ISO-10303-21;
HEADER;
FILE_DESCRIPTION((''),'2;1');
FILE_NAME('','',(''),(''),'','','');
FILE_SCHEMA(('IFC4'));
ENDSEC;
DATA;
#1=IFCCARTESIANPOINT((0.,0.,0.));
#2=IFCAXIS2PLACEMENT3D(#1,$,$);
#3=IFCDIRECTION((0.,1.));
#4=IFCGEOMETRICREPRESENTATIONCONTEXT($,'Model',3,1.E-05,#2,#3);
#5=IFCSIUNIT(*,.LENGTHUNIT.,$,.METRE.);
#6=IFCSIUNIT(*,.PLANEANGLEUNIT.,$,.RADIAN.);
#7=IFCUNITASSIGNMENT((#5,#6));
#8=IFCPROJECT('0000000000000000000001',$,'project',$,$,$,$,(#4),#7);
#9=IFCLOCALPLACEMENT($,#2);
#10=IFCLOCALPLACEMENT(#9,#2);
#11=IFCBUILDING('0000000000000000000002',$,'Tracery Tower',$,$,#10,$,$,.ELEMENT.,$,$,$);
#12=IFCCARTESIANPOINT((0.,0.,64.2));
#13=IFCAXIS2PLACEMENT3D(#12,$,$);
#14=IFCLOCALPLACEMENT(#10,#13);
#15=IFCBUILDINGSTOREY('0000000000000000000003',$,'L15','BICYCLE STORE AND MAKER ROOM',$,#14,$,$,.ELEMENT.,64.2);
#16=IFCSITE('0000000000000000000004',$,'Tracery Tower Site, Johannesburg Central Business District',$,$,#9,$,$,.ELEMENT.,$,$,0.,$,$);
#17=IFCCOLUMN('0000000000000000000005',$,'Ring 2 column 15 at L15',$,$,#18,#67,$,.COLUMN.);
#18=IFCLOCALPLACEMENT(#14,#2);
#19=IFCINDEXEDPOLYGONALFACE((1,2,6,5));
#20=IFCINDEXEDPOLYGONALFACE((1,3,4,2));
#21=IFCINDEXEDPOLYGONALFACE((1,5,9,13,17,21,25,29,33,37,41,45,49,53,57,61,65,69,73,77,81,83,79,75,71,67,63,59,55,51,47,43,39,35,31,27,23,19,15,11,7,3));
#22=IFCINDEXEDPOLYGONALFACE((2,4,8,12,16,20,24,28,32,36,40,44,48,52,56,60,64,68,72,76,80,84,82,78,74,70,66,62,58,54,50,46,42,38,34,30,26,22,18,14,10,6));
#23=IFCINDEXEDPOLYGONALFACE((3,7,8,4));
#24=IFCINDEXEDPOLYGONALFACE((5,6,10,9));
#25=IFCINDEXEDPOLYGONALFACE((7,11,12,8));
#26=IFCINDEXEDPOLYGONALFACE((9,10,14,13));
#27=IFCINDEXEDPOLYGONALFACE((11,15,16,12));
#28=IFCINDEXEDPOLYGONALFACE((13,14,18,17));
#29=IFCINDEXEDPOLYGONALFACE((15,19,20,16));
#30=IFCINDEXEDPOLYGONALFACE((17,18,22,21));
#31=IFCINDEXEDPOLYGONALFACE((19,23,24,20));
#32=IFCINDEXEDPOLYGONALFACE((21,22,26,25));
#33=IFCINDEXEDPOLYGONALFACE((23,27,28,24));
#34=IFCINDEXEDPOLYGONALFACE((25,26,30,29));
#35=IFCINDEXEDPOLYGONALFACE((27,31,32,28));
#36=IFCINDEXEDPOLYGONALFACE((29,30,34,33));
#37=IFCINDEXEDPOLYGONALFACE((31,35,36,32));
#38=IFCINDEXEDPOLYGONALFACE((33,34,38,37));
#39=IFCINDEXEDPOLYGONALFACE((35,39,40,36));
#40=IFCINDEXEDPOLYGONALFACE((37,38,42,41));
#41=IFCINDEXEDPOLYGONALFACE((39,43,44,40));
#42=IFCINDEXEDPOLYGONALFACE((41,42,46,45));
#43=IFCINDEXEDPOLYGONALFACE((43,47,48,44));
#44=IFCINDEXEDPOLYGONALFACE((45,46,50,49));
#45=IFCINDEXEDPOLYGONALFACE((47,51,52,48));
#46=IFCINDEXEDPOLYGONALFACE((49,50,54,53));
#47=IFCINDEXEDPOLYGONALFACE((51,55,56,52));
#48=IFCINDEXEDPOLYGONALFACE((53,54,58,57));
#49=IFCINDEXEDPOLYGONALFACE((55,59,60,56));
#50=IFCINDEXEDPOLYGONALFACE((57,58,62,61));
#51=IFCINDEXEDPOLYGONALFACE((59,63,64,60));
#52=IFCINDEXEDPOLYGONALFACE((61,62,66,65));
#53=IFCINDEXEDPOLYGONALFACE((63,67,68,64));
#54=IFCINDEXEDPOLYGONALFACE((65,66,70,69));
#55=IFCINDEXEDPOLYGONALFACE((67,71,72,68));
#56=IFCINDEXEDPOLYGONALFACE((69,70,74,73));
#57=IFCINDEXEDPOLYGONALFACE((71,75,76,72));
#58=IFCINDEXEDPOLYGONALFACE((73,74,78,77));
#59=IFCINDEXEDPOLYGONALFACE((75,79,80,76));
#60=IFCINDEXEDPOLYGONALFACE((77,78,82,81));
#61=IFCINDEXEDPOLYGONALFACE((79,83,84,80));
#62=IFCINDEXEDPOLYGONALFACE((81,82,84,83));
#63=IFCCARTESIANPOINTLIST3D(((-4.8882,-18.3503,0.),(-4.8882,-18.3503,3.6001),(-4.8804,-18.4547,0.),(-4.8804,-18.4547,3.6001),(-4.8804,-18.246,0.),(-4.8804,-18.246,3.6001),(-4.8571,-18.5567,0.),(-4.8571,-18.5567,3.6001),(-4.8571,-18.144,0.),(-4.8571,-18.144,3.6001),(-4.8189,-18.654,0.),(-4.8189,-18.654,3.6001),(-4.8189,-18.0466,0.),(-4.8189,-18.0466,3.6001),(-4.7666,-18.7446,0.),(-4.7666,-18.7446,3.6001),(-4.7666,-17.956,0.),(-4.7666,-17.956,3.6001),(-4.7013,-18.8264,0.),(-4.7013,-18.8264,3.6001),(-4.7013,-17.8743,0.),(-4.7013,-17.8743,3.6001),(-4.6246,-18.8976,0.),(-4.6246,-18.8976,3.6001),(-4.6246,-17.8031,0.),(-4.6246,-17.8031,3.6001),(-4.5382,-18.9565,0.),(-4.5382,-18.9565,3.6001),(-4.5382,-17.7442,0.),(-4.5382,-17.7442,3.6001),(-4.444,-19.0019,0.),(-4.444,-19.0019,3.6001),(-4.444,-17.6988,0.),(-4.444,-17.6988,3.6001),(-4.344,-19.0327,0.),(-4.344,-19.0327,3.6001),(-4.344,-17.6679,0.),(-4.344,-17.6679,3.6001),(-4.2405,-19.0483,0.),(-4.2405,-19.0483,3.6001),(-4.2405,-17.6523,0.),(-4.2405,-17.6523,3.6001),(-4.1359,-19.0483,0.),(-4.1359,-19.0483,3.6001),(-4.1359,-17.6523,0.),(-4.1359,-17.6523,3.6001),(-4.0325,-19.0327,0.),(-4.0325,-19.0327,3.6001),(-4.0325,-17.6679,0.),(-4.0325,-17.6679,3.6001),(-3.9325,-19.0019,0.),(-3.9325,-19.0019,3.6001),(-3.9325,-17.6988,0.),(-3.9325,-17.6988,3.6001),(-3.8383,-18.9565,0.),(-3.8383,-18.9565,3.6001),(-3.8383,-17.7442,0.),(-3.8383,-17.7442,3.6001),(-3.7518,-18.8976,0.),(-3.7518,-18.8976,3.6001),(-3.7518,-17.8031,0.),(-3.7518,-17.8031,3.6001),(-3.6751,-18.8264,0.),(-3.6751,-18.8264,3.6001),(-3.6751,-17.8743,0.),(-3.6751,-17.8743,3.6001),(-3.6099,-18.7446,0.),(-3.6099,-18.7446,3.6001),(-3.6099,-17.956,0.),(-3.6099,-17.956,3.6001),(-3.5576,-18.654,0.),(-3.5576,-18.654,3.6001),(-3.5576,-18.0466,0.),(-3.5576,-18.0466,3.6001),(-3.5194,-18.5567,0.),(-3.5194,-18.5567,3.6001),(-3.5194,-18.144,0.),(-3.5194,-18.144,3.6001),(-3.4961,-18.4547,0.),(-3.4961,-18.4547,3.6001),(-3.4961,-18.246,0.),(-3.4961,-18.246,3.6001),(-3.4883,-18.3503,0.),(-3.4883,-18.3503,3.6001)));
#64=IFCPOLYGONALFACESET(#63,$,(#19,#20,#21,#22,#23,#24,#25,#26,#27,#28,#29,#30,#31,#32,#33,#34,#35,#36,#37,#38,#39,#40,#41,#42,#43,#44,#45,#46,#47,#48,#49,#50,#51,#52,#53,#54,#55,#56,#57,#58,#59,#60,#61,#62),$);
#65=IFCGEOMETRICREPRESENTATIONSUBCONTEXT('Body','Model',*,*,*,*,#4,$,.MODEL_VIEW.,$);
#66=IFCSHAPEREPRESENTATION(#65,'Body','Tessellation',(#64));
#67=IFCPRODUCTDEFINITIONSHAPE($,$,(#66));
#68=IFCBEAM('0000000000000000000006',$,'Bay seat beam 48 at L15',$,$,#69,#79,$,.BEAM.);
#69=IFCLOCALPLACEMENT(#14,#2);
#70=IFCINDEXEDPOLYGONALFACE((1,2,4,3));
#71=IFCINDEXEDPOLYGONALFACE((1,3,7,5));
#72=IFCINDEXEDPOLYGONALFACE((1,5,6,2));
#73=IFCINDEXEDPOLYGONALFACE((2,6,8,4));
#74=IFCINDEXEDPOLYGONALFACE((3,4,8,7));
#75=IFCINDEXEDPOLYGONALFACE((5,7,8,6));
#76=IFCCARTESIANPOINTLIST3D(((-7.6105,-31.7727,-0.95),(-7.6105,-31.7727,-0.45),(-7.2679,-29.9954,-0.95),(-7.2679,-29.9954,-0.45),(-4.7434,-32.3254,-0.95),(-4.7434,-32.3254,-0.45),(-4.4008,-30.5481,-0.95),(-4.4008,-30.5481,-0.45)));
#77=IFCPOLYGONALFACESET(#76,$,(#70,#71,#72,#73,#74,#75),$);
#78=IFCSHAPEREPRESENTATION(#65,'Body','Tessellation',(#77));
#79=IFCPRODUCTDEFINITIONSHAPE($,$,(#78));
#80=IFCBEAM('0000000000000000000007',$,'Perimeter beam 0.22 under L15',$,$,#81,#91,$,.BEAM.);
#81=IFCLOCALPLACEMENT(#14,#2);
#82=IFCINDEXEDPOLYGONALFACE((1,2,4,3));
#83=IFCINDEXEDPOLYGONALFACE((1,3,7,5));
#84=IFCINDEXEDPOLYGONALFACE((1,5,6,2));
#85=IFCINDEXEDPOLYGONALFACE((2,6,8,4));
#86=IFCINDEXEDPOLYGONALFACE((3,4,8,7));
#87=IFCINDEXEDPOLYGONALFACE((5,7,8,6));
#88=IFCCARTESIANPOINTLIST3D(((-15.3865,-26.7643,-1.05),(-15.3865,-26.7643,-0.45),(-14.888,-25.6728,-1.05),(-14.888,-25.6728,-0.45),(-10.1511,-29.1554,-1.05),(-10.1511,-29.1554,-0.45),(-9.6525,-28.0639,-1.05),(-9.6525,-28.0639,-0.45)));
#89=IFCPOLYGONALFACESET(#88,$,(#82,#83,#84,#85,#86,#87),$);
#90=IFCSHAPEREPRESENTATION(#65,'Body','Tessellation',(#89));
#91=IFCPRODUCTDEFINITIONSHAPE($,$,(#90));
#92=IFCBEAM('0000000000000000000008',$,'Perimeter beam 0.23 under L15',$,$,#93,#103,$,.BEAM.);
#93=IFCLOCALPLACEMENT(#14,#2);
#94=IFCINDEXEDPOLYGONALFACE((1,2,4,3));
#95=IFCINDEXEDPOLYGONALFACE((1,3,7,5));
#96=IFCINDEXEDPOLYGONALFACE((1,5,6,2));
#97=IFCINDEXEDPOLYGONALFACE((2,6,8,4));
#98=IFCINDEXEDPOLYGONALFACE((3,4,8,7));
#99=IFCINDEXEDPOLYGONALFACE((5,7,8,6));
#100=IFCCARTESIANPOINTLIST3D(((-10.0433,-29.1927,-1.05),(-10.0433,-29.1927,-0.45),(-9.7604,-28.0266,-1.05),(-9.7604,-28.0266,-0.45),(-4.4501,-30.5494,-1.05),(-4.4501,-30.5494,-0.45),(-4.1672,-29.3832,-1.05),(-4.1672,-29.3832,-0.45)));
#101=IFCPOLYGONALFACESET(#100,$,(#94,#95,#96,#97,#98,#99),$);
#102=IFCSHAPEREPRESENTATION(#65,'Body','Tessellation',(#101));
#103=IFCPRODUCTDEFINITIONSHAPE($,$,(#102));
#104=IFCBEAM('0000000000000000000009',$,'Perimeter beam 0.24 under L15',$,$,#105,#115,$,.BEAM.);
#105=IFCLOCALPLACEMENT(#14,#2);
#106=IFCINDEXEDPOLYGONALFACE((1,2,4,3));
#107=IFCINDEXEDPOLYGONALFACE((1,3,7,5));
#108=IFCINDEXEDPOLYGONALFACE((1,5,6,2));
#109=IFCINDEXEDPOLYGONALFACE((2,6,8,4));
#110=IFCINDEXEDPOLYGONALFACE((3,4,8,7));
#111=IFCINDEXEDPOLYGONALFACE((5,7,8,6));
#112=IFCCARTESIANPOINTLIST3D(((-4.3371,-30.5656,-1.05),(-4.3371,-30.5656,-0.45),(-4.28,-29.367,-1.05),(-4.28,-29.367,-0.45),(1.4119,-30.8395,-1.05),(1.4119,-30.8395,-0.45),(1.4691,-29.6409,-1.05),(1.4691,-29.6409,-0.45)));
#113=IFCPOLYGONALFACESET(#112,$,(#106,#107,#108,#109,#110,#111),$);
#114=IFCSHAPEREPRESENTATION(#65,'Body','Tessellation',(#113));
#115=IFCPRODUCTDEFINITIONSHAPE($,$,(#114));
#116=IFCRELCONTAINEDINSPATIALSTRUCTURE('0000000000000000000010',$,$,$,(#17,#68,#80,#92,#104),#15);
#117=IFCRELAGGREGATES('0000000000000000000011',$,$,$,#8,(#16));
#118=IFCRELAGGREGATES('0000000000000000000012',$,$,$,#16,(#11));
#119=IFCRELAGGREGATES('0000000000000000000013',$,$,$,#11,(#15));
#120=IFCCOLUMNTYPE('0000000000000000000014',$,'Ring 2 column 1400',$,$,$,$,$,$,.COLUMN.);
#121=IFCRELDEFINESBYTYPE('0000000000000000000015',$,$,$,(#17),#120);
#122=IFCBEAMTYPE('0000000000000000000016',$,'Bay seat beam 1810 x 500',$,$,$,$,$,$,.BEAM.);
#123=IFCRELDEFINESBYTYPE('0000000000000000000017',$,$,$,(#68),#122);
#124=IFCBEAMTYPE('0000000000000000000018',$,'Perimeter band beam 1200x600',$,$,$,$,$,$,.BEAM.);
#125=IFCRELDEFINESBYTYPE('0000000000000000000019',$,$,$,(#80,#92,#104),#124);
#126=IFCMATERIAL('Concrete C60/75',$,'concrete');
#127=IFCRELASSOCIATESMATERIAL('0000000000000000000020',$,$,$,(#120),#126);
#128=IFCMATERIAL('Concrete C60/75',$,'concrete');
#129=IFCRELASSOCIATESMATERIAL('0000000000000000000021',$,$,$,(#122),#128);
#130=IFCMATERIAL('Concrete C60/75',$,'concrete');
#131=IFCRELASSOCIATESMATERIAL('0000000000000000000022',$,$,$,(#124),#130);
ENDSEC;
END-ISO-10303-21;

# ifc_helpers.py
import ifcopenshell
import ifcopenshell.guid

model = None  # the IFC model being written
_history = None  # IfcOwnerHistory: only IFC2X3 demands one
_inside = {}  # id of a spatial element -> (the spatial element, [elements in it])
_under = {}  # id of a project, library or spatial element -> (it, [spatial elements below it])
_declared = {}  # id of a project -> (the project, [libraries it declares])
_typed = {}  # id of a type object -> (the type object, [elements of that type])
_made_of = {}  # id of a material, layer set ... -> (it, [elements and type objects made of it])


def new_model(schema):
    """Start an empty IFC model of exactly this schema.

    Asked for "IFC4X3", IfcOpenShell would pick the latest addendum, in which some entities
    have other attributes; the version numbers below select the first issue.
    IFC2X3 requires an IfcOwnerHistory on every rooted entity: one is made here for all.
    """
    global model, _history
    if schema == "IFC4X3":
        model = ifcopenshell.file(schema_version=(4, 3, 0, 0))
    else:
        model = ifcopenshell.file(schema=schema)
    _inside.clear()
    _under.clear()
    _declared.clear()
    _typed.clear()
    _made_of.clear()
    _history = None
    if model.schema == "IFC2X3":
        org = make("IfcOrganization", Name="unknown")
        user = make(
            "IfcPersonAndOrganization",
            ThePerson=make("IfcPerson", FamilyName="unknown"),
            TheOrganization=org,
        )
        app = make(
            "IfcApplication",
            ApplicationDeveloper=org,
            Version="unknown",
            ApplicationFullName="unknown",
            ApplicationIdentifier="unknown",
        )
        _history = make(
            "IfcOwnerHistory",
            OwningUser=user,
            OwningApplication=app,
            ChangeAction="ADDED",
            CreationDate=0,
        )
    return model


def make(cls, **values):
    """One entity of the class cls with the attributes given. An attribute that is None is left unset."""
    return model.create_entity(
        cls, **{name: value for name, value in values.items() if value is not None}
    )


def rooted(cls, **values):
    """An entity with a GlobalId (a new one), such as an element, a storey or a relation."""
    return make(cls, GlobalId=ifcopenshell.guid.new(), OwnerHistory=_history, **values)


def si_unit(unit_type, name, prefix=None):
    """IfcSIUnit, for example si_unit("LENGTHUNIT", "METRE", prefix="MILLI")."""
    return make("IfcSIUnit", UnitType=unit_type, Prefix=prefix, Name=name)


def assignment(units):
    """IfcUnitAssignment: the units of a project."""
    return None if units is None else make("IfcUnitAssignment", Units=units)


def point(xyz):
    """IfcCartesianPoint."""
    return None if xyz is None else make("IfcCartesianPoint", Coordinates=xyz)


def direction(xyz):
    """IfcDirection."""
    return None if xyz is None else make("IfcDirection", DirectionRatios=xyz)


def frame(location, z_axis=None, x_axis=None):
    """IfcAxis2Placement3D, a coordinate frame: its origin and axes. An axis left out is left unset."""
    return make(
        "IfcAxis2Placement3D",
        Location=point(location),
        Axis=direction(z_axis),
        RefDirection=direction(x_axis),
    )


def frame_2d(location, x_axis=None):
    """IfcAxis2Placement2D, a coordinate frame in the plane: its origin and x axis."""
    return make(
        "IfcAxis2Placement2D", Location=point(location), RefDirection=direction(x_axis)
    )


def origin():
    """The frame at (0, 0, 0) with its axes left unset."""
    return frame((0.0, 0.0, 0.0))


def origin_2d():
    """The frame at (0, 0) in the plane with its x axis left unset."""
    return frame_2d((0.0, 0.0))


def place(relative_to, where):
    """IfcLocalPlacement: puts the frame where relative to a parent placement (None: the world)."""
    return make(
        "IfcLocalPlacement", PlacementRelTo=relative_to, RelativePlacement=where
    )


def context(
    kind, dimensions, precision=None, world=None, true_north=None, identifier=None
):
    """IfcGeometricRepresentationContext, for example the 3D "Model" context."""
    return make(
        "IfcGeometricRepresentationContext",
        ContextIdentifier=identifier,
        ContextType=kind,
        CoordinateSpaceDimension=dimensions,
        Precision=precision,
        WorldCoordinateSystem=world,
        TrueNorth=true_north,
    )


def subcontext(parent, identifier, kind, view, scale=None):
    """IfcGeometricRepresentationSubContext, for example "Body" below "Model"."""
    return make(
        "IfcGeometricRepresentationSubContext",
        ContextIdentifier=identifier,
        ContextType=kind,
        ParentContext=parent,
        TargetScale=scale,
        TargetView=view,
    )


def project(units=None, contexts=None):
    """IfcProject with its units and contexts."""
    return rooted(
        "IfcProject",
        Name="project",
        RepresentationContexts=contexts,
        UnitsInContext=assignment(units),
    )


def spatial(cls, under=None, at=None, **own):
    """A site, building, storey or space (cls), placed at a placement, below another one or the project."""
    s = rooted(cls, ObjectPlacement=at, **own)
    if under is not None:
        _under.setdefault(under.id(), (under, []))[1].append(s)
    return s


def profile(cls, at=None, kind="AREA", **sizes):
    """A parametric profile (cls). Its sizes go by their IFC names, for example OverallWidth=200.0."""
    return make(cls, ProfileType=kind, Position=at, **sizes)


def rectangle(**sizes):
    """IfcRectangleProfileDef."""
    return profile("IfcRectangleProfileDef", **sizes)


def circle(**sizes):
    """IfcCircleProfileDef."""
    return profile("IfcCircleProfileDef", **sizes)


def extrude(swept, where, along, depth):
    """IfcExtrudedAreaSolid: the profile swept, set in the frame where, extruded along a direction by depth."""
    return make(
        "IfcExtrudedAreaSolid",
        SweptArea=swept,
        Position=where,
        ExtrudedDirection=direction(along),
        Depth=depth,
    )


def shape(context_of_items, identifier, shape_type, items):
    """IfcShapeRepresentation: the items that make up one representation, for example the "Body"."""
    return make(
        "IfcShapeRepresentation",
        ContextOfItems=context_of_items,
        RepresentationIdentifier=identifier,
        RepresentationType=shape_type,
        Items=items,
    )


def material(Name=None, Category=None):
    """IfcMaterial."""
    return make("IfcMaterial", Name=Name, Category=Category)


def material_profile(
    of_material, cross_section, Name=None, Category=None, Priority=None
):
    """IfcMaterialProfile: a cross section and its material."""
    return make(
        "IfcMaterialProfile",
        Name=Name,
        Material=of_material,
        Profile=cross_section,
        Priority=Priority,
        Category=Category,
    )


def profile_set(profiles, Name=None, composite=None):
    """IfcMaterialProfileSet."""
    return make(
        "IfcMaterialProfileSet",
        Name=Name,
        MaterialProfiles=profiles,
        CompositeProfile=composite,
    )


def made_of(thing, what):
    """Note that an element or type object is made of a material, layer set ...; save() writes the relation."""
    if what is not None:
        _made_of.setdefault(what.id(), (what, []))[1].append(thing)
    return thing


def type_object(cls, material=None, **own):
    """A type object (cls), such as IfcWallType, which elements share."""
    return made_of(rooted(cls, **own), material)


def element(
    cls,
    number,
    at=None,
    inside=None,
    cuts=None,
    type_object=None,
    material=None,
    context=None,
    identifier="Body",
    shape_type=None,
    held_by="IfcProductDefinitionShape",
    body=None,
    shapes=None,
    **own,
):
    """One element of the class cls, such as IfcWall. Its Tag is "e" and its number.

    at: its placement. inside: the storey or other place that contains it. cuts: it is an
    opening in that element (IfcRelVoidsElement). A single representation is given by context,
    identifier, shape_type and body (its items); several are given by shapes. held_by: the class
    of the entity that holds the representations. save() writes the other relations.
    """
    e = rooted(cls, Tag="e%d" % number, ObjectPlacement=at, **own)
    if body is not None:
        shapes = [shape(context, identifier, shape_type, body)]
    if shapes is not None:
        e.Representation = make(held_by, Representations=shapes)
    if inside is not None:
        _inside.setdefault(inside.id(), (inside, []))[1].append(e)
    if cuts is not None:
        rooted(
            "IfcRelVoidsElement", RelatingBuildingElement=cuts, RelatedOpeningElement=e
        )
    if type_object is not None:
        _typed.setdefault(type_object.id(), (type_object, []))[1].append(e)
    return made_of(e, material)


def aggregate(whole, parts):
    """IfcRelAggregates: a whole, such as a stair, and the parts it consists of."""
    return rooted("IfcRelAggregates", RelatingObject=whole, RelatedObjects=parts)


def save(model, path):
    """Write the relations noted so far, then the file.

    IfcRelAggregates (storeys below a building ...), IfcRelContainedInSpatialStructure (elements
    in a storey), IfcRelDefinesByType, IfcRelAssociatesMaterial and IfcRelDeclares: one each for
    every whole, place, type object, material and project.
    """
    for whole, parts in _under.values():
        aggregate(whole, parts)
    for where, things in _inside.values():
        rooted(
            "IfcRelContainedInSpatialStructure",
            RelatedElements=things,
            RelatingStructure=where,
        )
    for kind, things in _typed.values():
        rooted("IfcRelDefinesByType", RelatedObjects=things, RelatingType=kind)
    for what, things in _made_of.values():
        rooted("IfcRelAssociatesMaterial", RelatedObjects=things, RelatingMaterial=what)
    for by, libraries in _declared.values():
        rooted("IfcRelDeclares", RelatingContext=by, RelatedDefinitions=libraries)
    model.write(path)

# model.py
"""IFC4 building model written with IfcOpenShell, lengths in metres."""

from ifc_helpers import new_model, si_unit, direction, frame, origin, origin_2d, place, context, subcontext, project, spatial, rectangle, circle, extrude, material, material_profile, profile_set, type_object, element, save


model = new_model("IFC4")

# Units and contexts
model_context = context("Model", 3, precision=1e-05, world=origin(), true_north=direction((0.0, 1.0)))
body_context = subcontext(model_context, "Body", "Model", "MODEL_VIEW")
ifc_project = project(units=[si_unit("LENGTHUNIT", "METRE"), si_unit("PLANEANGLEUNIT", "RADIAN")], contexts=[model_context])

# Site, building, storey
site_placement = place(None, origin())
site = spatial("IfcSite", under=ifc_project, at=site_placement, Name="Tracery Tower Site, Johannesburg Central Business District", CompositionType="ELEMENT", RefElevation=0.0)
building_placement = place(site_placement, origin())
building = spatial("IfcBuilding", under=site, at=building_placement, Name="Tracery Tower", CompositionType="ELEMENT")
storey_placement = place(building_placement, frame((0.0, 0.0, 64.2)))
storey = spatial("IfcBuildingStorey", under=building, at=storey_placement, Name="L15", Description="BICYCLE STORE AND MAKER ROOM", CompositionType="ELEMENT", Elevation=64.2)

# Column
ifc_material_1 = material(Name="Concrete C60/75", Category="concrete")
ifc_material_profile_1 = material_profile(ifc_material_1, circle(Radius=0.7, at=origin_2d()), Name="RC D1400")
ifc_profile_set_1 = profile_set([ifc_material_profile_1], Name="Concrete C60/75")
column_type_1 = type_object("IfcColumnType", Name="Ring 2 column 1400", PredefinedType="COLUMN", material=ifc_profile_set_1)
for number, where, z_axis, x_axis, name in (
    (1, (-4.1882, -18.3503, 0.0), (0.0, 0.0, 1.0), (1.0, 0.0, 0.0), "Ring 2 column 15 at L15"),
):
    element("IfcColumn", number, at=place(storey_placement, frame(where, z_axis=z_axis, x_axis=x_axis)), inside=storey, type_object=column_type_1, Name=name, PredefinedType="COLUMN", context=body_context, shape_type="SweptSolid", body=[
        extrude(circle(Radius=0.7, at=origin_2d()), origin(), (0.0, 0.0, 1.0), 3.6001),
    ])

# Beams
ifc_material_2 = material(Name="Concrete C60/75", Category="concrete")
ifc_material_profile_2 = material_profile(ifc_material_2, rectangle(XDim=1.8101, YDim=0.5, at=origin_2d()), Name="RC 1810x500")
ifc_profile_set_2 = profile_set([ifc_material_profile_2], Name="Concrete C60/75")
beam_type_1 = type_object("IfcBeamType", Name="Bay seat beam 1810 x 500", PredefinedType="BEAM", material=ifc_profile_set_2)
beam_1_placement = place(storey_placement, frame((-7.4392, -30.884, -0.7), z_axis=(0.98192, -0.189294, 0.0), x_axis=(0.189294, 0.98192, 0.0)))
element("IfcBeam", 2, at=beam_1_placement, inside=storey, type_object=beam_type_1, Name="Bay seat beam 48 at L15", PredefinedType="BEAM", context=body_context, shape_type="SweptSolid", body=[
    extrude(rectangle(XDim=1.8101, YDim=0.5, at=origin_2d()), origin(), (0.0, 0.0, 1.0), 2.9199),
])
ifc_material_3 = material(Name="Concrete C60/75", Category="concrete")
ifc_material_profile_3 = material_profile(ifc_material_3, rectangle(XDim=1.2, YDim=0.6001, at=origin_2d()), Name="RC 1200x600")
ifc_profile_set_3 = profile_set([ifc_material_profile_3], Name="Concrete C60/75")
beam_type_2 = type_object("IfcBeamType", Name="Perimeter band beam 1200x600", PredefinedType="BEAM", material=ifc_profile_set_3)
beam_2_placement = place(storey_placement, frame((-15.1372, -26.2185, -0.75), z_axis=(0.909618, -0.415445, 0.0), x_axis=(0.415445, 0.909618, 0.0)))
element("IfcBeam", 3, at=beam_2_placement, inside=storey, type_object=beam_type_2, Name="Perimeter beam 0.22 under L15", PredefinedType="BEAM", context=body_context, shape_type="SweptSolid", body=[
    extrude(rectangle(XDim=1.2, YDim=0.6001, at=origin_2d()), origin(), (0.0, 0.0, 1.0), 5.7556),
])
beam_3_placement = place(storey_placement, frame((-9.9019, -28.6096, -0.75), z_axis=(0.97182, -0.235723, 0.0), x_axis=(0.235723, 0.97182, 0.0)))
element("IfcBeam", 4, at=beam_3_placement, inside=storey, type_object=beam_type_2, Name="Perimeter beam 0.23 under L15", PredefinedType="BEAM", context=body_context, shape_type="SweptSolid", body=[
    extrude(rectangle(XDim=1.2, YDim=0.6001, at=origin_2d()), origin(), (0.0, 0.0, 1.0), 5.7554),
])
beam_4_placement = place(storey_placement, frame((-4.3086, -29.9663, -0.75), z_axis=(0.998867, -0.047593, 0.0), x_axis=(0.047593, 0.998867, 0.0)))
element("IfcBeam", 5, at=beam_4_placement, inside=storey, type_object=beam_type_2, Name="Perimeter beam 0.24 under L15", PredefinedType="BEAM", context=body_context, shape_type="SweptSolid", body=[
    extrude(rectangle(XDim=1.2, YDim=0.6001, at=origin_2d()), origin(), (0.0, 0.0, 1.0), 5.7556),
])

save(model, "model.ifc")
